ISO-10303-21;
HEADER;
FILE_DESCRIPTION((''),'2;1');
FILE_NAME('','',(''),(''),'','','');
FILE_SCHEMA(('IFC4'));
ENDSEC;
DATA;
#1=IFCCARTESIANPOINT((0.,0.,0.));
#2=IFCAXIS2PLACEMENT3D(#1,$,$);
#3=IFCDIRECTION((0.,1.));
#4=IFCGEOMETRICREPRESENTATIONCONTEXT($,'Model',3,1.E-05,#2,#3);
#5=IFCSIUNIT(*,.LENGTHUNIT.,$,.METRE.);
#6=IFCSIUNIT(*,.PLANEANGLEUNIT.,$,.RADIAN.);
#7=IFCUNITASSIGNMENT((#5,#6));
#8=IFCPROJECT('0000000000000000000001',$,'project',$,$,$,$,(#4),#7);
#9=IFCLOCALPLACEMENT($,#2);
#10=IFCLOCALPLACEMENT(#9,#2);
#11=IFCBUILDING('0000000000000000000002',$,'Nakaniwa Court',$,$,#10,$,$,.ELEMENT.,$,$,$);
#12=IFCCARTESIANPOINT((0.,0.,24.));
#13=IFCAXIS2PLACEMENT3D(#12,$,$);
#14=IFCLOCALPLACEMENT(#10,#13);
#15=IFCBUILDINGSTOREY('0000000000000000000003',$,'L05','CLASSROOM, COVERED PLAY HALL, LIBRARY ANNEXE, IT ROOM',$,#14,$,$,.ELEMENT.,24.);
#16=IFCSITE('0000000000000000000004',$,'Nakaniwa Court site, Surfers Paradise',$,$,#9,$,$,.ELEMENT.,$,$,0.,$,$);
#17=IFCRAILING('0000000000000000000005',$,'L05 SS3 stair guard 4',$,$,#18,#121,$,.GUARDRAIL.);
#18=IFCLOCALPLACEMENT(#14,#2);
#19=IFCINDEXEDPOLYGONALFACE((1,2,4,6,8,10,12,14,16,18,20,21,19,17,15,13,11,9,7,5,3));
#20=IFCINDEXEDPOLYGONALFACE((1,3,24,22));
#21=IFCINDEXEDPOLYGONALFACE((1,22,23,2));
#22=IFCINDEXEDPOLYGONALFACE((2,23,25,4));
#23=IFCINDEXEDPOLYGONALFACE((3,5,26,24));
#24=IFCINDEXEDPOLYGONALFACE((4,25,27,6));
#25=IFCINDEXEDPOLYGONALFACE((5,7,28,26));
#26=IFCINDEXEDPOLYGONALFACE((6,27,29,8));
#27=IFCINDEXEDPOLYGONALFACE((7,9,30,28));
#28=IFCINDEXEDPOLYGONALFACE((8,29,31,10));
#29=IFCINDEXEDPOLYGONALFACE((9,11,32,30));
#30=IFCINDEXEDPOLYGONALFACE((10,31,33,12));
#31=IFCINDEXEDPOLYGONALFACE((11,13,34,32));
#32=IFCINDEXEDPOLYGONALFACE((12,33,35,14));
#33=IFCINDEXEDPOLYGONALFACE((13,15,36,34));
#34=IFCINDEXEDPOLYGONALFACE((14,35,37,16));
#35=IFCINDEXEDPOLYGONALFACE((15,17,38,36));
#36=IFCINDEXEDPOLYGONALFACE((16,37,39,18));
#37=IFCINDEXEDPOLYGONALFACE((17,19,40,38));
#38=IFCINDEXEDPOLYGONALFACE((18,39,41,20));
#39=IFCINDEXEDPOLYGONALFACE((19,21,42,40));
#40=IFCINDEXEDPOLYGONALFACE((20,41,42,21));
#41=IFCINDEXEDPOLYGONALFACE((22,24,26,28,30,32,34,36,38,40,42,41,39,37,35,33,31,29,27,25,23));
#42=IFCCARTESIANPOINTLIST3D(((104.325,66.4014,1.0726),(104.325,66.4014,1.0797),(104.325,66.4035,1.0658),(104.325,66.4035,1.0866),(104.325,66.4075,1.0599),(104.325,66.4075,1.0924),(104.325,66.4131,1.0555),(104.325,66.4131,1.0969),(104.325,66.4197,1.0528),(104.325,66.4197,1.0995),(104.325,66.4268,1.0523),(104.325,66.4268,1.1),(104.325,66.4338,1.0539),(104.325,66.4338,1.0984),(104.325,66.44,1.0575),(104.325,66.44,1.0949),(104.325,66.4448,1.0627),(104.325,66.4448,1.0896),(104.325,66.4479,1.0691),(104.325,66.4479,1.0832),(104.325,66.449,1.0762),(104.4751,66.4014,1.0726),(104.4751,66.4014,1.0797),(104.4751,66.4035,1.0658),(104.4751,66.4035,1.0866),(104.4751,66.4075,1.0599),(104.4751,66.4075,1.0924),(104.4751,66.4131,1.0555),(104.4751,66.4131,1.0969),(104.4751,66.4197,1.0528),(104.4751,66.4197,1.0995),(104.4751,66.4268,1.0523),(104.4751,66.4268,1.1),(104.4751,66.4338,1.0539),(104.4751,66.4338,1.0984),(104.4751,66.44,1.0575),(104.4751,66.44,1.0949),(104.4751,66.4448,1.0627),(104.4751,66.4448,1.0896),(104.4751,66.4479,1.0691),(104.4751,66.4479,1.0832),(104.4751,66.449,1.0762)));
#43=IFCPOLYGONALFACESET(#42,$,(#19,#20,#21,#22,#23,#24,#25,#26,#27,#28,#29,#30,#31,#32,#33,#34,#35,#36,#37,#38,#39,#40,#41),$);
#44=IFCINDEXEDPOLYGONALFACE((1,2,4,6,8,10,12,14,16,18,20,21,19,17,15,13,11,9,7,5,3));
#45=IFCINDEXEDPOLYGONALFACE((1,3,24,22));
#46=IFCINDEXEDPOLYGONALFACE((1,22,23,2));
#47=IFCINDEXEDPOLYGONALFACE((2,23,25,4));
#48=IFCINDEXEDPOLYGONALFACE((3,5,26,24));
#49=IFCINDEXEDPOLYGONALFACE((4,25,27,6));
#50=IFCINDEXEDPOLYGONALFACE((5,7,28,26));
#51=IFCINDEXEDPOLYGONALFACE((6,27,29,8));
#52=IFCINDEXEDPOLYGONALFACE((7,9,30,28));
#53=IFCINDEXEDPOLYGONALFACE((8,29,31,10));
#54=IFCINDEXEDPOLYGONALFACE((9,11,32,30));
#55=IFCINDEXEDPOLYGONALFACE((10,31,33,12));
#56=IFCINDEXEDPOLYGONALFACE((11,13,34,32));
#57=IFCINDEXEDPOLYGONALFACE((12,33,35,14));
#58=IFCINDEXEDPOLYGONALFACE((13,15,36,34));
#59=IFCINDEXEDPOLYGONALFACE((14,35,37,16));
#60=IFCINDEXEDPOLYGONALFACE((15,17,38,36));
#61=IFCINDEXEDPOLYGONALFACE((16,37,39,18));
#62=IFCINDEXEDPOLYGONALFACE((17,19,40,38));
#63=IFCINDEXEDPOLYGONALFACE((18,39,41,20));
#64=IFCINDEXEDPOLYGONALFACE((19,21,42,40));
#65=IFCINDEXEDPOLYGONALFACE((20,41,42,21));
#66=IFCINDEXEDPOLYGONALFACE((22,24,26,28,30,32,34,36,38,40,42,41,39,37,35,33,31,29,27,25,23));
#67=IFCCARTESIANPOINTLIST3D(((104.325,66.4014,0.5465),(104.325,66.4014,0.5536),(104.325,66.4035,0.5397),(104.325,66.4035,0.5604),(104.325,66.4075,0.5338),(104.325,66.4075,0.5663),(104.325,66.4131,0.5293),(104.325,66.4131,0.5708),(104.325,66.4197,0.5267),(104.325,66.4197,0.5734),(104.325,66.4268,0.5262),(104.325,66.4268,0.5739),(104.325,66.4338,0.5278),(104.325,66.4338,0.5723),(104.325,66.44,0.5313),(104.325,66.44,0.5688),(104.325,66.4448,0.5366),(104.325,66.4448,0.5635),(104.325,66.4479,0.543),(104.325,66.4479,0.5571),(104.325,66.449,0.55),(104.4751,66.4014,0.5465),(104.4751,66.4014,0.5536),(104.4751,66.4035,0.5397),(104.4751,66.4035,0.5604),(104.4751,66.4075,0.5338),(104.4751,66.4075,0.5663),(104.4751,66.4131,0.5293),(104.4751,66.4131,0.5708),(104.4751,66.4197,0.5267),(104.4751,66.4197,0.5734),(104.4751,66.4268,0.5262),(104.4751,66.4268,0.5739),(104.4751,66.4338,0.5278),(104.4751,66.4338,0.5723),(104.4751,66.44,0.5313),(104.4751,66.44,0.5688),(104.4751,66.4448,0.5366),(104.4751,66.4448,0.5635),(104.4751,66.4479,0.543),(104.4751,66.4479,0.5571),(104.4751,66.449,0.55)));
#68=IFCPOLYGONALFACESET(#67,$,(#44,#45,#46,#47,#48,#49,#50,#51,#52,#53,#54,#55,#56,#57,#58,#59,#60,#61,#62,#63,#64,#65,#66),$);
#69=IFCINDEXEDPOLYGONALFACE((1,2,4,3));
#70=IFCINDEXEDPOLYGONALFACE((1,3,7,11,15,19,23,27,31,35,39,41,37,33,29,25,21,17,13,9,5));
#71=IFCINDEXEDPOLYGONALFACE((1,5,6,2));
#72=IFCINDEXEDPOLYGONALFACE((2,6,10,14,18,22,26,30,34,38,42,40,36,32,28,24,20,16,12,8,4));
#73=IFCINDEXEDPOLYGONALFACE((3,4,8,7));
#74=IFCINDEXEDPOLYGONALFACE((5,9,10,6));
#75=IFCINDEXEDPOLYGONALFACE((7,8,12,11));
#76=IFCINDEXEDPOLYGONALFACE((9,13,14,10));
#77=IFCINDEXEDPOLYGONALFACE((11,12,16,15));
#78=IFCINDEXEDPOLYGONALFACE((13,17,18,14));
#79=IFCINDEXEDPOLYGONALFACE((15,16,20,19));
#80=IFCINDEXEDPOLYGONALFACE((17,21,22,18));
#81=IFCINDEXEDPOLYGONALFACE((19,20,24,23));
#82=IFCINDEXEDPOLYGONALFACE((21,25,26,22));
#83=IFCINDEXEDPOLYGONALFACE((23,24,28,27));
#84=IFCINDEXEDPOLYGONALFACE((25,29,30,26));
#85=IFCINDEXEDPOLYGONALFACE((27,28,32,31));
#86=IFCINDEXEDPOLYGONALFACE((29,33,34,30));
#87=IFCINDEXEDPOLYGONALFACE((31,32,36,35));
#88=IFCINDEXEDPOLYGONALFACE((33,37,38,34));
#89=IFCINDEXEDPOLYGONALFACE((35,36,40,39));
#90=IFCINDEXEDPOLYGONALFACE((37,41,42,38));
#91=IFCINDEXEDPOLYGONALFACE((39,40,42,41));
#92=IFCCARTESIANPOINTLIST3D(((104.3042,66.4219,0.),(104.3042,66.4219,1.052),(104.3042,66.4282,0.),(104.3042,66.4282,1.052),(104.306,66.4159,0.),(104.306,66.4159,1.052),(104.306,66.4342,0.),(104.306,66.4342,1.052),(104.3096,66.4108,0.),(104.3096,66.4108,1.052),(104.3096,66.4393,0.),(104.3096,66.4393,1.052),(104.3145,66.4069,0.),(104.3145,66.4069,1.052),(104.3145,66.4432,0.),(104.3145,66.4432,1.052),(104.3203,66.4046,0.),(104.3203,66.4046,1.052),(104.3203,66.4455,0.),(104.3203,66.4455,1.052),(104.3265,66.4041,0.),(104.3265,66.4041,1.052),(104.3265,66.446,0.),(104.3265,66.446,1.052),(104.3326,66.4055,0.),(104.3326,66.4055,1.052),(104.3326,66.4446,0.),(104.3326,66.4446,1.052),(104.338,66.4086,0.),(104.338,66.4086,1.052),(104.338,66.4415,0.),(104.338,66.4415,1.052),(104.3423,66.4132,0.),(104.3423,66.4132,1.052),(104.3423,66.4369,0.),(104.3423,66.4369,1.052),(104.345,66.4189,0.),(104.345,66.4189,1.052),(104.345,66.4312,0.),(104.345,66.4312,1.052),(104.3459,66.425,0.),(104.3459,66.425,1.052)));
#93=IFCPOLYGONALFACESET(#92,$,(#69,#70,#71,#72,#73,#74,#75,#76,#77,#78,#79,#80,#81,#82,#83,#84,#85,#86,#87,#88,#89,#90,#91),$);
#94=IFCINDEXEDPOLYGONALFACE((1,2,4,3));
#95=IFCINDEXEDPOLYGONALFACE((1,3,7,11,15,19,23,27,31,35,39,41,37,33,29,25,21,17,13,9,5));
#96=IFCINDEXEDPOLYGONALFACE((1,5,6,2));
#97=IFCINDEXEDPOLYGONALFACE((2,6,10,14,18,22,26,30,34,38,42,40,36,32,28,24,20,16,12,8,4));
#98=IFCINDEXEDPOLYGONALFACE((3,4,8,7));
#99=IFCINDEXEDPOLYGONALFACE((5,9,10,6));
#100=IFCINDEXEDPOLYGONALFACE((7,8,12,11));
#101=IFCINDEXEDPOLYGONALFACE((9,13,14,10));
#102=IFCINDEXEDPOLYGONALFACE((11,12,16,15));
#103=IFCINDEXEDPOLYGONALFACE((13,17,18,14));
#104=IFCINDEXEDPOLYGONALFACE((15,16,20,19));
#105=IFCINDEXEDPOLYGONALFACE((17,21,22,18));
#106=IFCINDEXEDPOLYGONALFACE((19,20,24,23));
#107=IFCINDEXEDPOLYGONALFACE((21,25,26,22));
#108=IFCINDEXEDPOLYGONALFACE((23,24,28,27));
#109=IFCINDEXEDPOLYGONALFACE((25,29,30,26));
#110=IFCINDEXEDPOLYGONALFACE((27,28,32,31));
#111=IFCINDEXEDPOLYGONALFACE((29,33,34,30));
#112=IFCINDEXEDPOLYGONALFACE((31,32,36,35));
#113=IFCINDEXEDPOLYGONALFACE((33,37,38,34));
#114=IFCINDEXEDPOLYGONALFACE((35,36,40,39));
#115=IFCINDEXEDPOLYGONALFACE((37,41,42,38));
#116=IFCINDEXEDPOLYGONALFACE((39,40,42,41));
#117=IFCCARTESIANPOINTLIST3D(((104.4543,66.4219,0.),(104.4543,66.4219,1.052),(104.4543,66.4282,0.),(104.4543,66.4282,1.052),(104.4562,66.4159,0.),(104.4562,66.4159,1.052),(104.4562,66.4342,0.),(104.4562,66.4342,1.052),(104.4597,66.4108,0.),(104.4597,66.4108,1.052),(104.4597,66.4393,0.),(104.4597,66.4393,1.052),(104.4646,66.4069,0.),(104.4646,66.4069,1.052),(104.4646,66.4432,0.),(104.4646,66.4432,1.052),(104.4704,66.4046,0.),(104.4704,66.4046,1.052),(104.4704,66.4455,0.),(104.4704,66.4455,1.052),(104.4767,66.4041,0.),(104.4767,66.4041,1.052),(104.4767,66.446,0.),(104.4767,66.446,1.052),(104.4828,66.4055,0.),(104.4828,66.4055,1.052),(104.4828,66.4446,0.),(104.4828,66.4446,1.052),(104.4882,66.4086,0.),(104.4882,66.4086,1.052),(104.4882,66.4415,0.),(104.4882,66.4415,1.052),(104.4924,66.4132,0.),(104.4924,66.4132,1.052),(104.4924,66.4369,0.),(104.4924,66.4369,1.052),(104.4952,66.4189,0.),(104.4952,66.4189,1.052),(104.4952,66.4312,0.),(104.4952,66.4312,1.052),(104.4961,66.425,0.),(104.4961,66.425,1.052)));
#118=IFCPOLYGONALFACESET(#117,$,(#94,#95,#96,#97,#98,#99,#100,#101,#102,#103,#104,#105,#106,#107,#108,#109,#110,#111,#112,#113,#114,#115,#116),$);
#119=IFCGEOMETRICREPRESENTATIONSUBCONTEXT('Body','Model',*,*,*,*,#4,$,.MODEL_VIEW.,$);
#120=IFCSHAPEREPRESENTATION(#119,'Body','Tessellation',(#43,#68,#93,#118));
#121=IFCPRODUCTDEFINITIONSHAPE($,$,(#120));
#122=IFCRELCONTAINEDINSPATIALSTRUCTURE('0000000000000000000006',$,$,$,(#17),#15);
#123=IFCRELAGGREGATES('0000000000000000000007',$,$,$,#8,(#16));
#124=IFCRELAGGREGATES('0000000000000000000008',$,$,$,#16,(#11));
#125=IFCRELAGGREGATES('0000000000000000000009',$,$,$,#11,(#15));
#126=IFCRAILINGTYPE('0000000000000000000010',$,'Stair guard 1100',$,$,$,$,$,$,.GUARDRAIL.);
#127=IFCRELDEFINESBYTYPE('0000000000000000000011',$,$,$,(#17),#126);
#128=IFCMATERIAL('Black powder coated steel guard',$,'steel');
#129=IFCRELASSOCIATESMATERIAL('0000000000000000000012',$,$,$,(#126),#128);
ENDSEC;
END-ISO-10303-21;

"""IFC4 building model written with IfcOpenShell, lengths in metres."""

from ifc_helpers import new_model, si_unit, direction, frame, origin, origin_2d, place, context, subcontext, project, spatial, circle, extrude, material, type_object, element, save


model = new_model("IFC4")

# Units and contexts
model_context = context("Model", 3, precision=1e-05, world=origin(), true_north=direction((0.0, 1.0)))
body_context = subcontext(model_context, "Body", "Model", "MODEL_VIEW")
ifc_project = project(units=[si_unit("LENGTHUNIT", "METRE"), si_unit("PLANEANGLEUNIT", "RADIAN")], contexts=[model_context])

# Site, building, storey
site_placement = place(None, origin())
site = spatial("IfcSite", under=ifc_project, at=site_placement, Name="Nakaniwa Court site, Surfers Paradise", CompositionType="ELEMENT", RefElevation=0.0)
building_placement = place(site_placement, origin())
building = spatial("IfcBuilding", under=site, at=building_placement, Name="Nakaniwa Court", CompositionType="ELEMENT")
storey_placement = place(building_placement, frame((0.0, 0.0, 24.0)))
storey = spatial("IfcBuildingStorey", under=building, at=storey_placement, Name="L05", Description="CLASSROOM, COVERED PLAY HALL, LIBRARY ANNEXE, IT ROOM", CompositionType="ELEMENT", Elevation=24.0)

# Railing
ifc_material_1 = material(Name="Black powder coated steel guard", Category="steel")
railing_type_1 = type_object("IfcRailingType", Name="Stair guard 1100", PredefinedType="GUARDRAIL", material=ifc_material_1)
railing_1_placement = place(storey_placement, frame((104.325, 66.425, 0.0)))
element("IfcRailing", 1, at=railing_1_placement, inside=storey, type_object=railing_type_1, Name="L05 SS3 stair guard 4", PredefinedType="GUARDRAIL", context=body_context, shape_type="SweptSolid", body=[
    extrude(circle(Radius=0.0239, at=origin_2d()), frame((0.0, 0.0, 1.0762), z_axis=(1.0, 0.0, 0.0), x_axis=(0.0, 1.0, 0.0)), (0.0, 0.0, 1.0), 0.1501),
    extrude(circle(Radius=0.0239, at=origin_2d()), frame((0.0, 0.0, 0.55), z_axis=(1.0, 0.0, 0.0), x_axis=(0.0, 1.0, 0.0)), (0.0, 0.0, 1.0), 0.1501),
    extrude(circle(Radius=0.021, at=origin_2d()), origin(), (0.0, 0.0, 1.0), 1.052),
    extrude(circle(Radius=0.021, at=origin_2d()), frame((0.1501, 0.0, 0.0)), (0.0, 0.0, 1.0), 1.052),
])

save(model, "model.ifc")
